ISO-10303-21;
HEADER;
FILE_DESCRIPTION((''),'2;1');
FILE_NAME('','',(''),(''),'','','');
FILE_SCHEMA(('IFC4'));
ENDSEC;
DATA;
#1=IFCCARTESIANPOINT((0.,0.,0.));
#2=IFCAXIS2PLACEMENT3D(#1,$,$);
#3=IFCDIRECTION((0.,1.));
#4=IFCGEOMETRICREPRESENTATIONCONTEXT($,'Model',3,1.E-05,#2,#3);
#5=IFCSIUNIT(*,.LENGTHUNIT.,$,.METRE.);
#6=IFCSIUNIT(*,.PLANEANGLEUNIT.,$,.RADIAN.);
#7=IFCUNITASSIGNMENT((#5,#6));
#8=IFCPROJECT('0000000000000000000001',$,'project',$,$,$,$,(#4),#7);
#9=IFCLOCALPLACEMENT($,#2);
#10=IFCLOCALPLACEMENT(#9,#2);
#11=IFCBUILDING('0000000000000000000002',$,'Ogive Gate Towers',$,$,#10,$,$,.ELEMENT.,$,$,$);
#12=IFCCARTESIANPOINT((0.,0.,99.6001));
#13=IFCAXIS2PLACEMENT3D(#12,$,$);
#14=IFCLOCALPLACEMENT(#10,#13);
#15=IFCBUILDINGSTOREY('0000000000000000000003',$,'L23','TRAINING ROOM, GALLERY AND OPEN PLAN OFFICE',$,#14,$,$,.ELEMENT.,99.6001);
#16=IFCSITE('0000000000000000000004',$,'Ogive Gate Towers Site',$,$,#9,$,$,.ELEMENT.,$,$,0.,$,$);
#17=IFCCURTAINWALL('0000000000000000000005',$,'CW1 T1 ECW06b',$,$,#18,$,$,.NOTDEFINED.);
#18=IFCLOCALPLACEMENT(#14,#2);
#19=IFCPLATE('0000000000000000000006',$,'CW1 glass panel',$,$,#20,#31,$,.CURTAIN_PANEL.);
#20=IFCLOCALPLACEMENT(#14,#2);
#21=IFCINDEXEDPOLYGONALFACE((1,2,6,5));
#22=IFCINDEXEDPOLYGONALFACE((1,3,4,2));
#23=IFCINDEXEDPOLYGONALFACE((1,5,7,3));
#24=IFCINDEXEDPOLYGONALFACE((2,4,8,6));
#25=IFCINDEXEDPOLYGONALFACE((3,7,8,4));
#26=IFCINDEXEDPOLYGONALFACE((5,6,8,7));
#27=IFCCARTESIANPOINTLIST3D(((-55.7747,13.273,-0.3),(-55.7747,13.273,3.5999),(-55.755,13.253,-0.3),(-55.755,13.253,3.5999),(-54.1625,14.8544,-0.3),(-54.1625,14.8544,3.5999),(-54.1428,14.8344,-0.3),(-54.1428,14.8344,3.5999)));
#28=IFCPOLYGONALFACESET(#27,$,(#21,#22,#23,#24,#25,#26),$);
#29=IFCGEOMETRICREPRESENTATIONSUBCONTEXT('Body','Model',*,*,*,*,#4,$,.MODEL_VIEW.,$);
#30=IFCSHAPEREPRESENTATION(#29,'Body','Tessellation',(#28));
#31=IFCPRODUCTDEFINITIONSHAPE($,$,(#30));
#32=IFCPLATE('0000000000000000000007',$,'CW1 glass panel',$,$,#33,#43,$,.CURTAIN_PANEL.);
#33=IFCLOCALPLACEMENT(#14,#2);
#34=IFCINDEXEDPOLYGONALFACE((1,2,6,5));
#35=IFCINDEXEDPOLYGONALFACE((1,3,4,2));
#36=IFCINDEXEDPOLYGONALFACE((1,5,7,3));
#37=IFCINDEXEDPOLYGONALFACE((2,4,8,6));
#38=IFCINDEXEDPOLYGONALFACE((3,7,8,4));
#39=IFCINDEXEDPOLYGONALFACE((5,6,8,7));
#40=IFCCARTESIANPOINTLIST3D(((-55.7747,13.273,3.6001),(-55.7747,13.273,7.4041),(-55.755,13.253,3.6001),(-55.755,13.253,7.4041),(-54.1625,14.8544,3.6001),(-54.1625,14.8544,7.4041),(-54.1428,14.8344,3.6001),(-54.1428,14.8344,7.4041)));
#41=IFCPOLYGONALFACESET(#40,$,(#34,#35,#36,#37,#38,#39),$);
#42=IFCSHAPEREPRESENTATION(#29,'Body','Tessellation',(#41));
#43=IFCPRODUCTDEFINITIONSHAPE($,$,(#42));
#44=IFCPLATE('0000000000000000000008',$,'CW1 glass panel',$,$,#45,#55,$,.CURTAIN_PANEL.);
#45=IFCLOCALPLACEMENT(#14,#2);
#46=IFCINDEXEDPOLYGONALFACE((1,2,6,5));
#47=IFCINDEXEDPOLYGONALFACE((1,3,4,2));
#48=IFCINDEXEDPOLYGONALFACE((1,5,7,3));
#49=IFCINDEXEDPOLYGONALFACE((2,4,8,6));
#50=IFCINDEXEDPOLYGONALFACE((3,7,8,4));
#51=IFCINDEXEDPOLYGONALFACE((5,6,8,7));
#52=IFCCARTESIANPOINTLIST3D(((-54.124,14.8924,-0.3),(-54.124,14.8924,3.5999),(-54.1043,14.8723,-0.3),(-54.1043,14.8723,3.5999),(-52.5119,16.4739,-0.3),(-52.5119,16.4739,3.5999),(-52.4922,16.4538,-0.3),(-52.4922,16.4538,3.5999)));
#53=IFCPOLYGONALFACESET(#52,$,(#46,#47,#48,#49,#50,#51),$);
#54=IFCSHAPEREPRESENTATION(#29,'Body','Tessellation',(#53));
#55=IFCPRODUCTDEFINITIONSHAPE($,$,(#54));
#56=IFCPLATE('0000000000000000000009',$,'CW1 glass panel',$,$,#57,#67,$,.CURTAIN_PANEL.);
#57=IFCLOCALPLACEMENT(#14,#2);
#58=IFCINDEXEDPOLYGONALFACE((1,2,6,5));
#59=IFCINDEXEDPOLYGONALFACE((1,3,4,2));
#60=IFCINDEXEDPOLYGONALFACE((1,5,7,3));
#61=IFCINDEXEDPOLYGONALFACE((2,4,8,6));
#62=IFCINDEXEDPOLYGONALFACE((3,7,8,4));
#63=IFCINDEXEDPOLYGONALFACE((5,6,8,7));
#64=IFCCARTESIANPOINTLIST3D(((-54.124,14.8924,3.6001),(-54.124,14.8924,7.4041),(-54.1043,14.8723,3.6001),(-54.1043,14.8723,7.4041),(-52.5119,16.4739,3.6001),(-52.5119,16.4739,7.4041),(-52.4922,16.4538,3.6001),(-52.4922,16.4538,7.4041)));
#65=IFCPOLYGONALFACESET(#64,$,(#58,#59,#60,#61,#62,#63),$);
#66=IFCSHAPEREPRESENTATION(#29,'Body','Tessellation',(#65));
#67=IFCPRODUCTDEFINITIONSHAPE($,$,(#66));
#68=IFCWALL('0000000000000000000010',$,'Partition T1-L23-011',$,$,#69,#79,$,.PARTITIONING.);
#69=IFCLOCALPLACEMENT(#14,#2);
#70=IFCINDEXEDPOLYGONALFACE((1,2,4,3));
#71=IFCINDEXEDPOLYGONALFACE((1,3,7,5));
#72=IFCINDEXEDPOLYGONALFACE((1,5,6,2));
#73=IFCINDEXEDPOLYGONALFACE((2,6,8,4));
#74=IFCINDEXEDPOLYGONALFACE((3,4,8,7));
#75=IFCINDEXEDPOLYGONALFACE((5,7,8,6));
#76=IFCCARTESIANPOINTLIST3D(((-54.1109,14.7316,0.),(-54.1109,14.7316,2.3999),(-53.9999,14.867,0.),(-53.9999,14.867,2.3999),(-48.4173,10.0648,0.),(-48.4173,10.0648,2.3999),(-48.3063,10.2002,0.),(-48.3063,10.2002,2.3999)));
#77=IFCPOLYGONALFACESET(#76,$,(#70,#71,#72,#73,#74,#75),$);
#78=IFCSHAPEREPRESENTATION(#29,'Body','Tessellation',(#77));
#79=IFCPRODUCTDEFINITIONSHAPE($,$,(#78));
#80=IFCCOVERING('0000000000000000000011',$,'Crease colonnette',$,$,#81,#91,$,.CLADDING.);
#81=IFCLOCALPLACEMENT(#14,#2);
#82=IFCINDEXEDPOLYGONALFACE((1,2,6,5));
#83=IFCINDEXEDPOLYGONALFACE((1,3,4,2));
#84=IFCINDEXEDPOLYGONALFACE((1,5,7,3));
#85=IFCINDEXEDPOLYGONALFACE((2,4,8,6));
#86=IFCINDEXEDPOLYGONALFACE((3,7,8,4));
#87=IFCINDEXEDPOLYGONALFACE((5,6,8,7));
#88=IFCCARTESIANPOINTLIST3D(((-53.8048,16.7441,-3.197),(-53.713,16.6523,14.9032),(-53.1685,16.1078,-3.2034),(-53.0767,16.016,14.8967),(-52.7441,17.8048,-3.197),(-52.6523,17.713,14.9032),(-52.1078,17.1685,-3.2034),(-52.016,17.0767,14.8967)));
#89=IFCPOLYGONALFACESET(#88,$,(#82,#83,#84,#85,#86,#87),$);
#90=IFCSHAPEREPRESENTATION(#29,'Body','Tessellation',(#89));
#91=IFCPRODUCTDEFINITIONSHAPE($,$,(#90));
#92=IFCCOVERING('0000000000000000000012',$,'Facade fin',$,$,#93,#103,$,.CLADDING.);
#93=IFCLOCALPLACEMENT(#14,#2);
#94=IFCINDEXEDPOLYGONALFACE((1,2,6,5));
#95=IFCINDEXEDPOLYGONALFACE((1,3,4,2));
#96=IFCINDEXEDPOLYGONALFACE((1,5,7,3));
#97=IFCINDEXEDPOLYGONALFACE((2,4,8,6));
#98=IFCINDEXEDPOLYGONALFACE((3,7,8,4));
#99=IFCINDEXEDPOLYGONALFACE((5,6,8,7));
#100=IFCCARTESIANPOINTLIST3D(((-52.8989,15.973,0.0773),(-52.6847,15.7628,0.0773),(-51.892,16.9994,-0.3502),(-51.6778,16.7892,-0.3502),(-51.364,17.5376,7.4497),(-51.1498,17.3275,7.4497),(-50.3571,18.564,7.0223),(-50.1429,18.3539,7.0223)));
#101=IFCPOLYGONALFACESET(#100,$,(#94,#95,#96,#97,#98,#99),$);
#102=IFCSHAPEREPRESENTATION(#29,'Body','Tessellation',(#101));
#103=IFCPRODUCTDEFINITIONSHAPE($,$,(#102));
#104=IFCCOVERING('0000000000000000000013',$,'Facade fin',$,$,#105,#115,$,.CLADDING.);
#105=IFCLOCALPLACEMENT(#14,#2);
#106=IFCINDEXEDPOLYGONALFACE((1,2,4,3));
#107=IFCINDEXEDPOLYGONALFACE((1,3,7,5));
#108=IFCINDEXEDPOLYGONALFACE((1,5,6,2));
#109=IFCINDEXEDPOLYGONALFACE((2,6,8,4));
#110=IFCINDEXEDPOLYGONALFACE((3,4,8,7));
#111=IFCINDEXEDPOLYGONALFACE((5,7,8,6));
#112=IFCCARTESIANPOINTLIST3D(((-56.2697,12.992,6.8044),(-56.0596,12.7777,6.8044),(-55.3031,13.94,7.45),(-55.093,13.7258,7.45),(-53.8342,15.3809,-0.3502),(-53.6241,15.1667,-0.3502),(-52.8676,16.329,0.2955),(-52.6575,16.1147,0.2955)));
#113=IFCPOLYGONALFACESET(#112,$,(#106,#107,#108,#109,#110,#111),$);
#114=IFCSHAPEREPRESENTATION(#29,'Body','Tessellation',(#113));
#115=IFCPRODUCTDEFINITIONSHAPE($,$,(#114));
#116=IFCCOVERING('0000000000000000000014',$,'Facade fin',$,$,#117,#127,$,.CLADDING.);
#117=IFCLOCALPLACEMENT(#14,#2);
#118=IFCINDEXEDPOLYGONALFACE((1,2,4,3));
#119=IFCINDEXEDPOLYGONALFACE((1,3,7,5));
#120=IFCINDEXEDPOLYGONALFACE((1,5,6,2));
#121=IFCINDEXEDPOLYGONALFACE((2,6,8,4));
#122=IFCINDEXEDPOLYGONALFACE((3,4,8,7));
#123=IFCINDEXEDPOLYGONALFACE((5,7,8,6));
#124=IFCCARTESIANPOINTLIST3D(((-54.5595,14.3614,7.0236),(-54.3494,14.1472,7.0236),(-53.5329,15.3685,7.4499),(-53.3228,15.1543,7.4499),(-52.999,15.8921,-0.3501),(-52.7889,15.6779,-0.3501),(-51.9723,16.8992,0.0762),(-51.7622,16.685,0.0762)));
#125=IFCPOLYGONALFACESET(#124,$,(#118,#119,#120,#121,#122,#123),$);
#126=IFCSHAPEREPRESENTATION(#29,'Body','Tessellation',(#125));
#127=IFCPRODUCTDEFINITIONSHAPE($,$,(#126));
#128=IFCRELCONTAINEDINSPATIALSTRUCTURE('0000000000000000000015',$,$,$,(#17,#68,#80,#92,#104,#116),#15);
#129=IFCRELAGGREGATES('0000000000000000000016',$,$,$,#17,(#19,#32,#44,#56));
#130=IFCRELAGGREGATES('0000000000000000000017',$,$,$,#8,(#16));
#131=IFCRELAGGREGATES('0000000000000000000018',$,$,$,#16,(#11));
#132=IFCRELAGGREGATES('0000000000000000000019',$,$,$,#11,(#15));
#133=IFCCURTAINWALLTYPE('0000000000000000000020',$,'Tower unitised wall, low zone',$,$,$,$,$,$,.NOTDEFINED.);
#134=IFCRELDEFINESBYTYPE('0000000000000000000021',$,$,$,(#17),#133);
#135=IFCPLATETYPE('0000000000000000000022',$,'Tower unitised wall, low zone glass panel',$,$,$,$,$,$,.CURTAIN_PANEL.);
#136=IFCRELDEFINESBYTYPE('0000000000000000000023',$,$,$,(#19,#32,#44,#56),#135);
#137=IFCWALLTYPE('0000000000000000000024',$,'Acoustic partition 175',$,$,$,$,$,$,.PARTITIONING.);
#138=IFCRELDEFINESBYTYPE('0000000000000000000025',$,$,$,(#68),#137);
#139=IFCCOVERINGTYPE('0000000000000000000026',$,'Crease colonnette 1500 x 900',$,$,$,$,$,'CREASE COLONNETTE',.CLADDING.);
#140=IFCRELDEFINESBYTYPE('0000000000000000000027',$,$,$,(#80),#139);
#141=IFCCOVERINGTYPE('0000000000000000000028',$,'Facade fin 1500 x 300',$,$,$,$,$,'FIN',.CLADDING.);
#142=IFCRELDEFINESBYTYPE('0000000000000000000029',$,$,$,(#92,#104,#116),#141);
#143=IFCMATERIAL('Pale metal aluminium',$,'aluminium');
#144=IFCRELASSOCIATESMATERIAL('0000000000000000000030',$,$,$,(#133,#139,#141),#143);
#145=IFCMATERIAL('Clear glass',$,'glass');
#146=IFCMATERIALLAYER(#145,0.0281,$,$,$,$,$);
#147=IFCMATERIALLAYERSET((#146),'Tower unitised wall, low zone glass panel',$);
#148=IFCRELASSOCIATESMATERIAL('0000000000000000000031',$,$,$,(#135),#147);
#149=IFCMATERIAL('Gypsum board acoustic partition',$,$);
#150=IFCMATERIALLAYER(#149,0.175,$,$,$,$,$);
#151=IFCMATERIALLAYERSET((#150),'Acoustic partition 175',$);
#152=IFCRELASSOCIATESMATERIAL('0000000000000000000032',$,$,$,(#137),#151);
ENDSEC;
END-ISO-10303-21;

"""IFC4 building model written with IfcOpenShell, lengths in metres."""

from ifc_helpers import new_model, si_unit, direction, frame, frame_2d, origin, origin_2d, place, context, subcontext, project, spatial, rectangle, extrude, material, layer, layer_set, material_profile, profile_set, type_object, element, aggregate, save


model = new_model("IFC4")

# Units and contexts
model_context = context("Model", 3, precision=1e-05, world=origin(), true_north=direction((0.0, 1.0)))
body_context = subcontext(model_context, "Body", "Model", "MODEL_VIEW")
ifc_project = project(units=[si_unit("LENGTHUNIT", "METRE"), si_unit("PLANEANGLEUNIT", "RADIAN")], contexts=[model_context])

# Site, building, storey
site_placement = place(None, origin())
site = spatial("IfcSite", under=ifc_project, at=site_placement, Name="Ogive Gate Towers Site", CompositionType="ELEMENT", RefElevation=0.0)
building_placement = place(site_placement, origin())
building = spatial("IfcBuilding", under=site, at=building_placement, Name="Ogive Gate Towers", CompositionType="ELEMENT")
storey_placement = place(building_placement, frame((0.0, 0.0, 99.6001)))
storey = spatial("IfcBuildingStorey", under=building, at=storey_placement, Name="L23", Description="TRAINING ROOM, GALLERY AND OPEN PLAN OFFICE", CompositionType="ELEMENT", Elevation=99.6001)

# Shared definitions
ifc_material_1 = material(Name="Pale metal aluminium", Category="aluminium")

# Shared definitions
curtain_wall_type_1 = type_object("IfcCurtainWallType", Name="Tower unitised wall, low zone", PredefinedType="NOTDEFINED", material=ifc_material_1)

# Curtain wall
curtain_wall_1_placement = place(storey_placement, origin())
curtain_wall_1 = element("IfcCurtainWall", 1, at=curtain_wall_1_placement, inside=storey, type_object=curtain_wall_type_1, Name="CW1 T1 ECW06b", PredefinedType="NOTDEFINED")

# Plates
ifc_material_2 = material(Name="Clear glass", Category="glass")
ifc_layer_1 = layer(ifc_material_2, 0.0281)
ifc_layer_set_1 = layer_set([ifc_layer_1], Name="Tower unitised wall, low zone glass panel")
plate_type_1 = type_object("IfcPlateType", Name="Tower unitised wall, low zone glass panel", PredefinedType="CURTAIN_PANEL", material=ifc_layer_set_1)
plate_1_placement = place(storey_placement, frame((-54.9587, 14.0537, -0.3), z_axis=(0.0, 0.0, 1.0), x_axis=(0.713886, 0.700262, 0.0)))
plate_1 = element("IfcPlate", 2, at=plate_1_placement, type_object=plate_type_1, Name="CW1 glass panel", PredefinedType="CURTAIN_PANEL", context=body_context, shape_type="SweptSolid", body=[
    extrude(rectangle(XDim=2.2583, YDim=0.0281, at=origin_2d()), origin(), (0.0, 0.0, 1.0), 3.8999),
])
plate_2_placement = place(storey_placement, frame((-54.9587, 14.0537, 3.6001), z_axis=(0.0, 0.0, 1.0), x_axis=(0.713886, 0.700262, 0.0)))
plate_2 = element("IfcPlate", 3, at=plate_2_placement, type_object=plate_type_1, Name="CW1 glass panel", PredefinedType="CURTAIN_PANEL", context=body_context, shape_type="SweptSolid", body=[
    extrude(rectangle(XDim=2.2583, YDim=0.0281, at=origin_2d()), origin(), (0.0, 0.0, 1.0), 3.804),
])
plate_3_placement = place(storey_placement, frame((-53.3081, 15.6731, -0.3), z_axis=(0.0, 0.0, 1.0), x_axis=(0.713837, 0.700311, 0.0)))
plate_3 = element("IfcPlate", 4, at=plate_3_placement, type_object=plate_type_1, Name="CW1 glass panel", PredefinedType="CURTAIN_PANEL", context=body_context, shape_type="SweptSolid", body=[
    extrude(rectangle(XDim=2.2583, YDim=0.0281, at=origin_2d()), origin(), (0.0, 0.0, 1.0), 3.8999),
])
plate_4_placement = place(storey_placement, frame((-53.3081, 15.6731, 3.6001), z_axis=(0.0, 0.0, 1.0), x_axis=(0.713837, 0.700311, 0.0)))
plate_4 = element("IfcPlate", 5, at=plate_4_placement, type_object=plate_type_1, Name="CW1 glass panel", PredefinedType="CURTAIN_PANEL", context=body_context, shape_type="SweptSolid", body=[
    extrude(rectangle(XDim=2.2583, YDim=0.0281, at=origin_2d()), origin(), (0.0, 0.0, 1.0), 3.804),
])
aggregate(curtain_wall_1, [plate_1, plate_2, plate_3, plate_4])

# Wall
ifc_material_3 = material(Name="Gypsum board acoustic partition")
ifc_layer_2 = layer(ifc_material_3, 0.175)
ifc_layer_set_2 = layer_set([ifc_layer_2], Name="Acoustic partition 175")
wall_type = type_object("IfcWallType", Name="Acoustic partition 175", PredefinedType="PARTITIONING", material=ifc_layer_set_2)
wall_placement = place(storey_placement, frame((-54.0554, 14.7993, 0.0), z_axis=(0.0, 0.0, 1.0), x_axis=(0.773401, -0.633917, 0.0)))
element("IfcWall", 6, at=wall_placement, inside=storey, type_object=wall_type, Name="Partition T1-L23-011", PredefinedType="PARTITIONING", context=body_context, shape_type="SweptSolid", body=[
    extrude(rectangle(XDim=7.3618, YDim=0.175, at=frame_2d((3.6809, 0.0))), origin(), (0.0, 0.0, 1.0), 2.3999),
])

# Coverings
ifc_material_profile_1 = material_profile(ifc_material_1, rectangle(XDim=1.5, YDim=0.8999, at=origin_2d()), Name="1500 x 900 pale metal aluminium")
ifc_profile_set_1 = profile_set([ifc_material_profile_1], Name="Pale metal aluminium")
covering_type_1 = type_object("IfcCoveringType", Name="Crease colonnette 1500 x 900", ElementType="CREASE COLONNETTE", PredefinedType="CLADDING", material=ifc_profile_set_1)
covering_1_placement = place(storey_placement, frame((-52.9563, 16.9563, -3.2002), z_axis=(0.005071, -0.005071, 0.999974), x_axis=(0.707107, 0.707107, 0.0)))
element("IfcCovering", 7, at=covering_1_placement, inside=storey, type_object=covering_type_1, Name="Crease colonnette", PredefinedType="CLADDING", context=body_context, shape_type="SweptSolid", body=[
    extrude(rectangle(XDim=1.5, YDim=0.8999, at=origin_2d()), origin(), (0.0, 0.0, 1.0), 18.1006),
])
ifc_material_profile_2 = material_profile(ifc_material_1, rectangle(XDim=0.3, YDim=1.5, at=origin_2d()), Name="1500 x 300 pale metal aluminium")
ifc_profile_set_2 = profile_set([ifc_material_profile_2], Name="Pale metal aluminium")
covering_type_2 = type_object("IfcCoveringType", Name="Facade fin 1500 x 300", ElementType="FIN", PredefinedType="CLADDING", material=ifc_profile_set_2)
covering_2_placement = place(storey_placement, frame((-52.2883, 16.3811, -0.1365), z_axis=(0.19956, 0.203433, 0.958536), x_axis=(-0.713869, 0.70028, 0.0)))
element("IfcCovering", 8, at=covering_2_placement, inside=storey, type_object=covering_type_2, Name="Facade fin", PredefinedType="CLADDING", context=body_context, shape_type="SweptSolid", body=[
    extrude(rectangle(XDim=0.3, YDim=1.5, at=origin_2d()), origin(), (0.0, 0.0, 1.0), 7.6914),
])
covering_3_placement = place(storey_placement, frame((-53.2458, 15.7478, -0.0273), z_axis=(-0.307274, -0.301391, 0.902633), x_axis=(0.70024, -0.713908, 0.0)))
element("IfcCovering", 9, at=covering_3_placement, inside=storey, type_object=covering_type_2, Name="Facade fin", PredefinedType="CLADDING", context=body_context, shape_type="SweptSolid", body=[
    extrude(rectangle(XDim=0.3, YDim=1.5, at=origin_2d()), origin(), (0.0, 0.0, 1.0), 7.9263),
])
covering_4_placement = place(storey_placement, frame((-52.3806, 16.2886, -0.137), z_axis=(-0.202906, -0.199033, 0.958757), x_axis=(0.700261, -0.713887, 0.0)))
element("IfcCovering", 10, at=covering_4_placement, inside=storey, type_object=covering_type_2, Name="Facade fin", PredefinedType="CLADDING", context=body_context, shape_type="SweptSolid", body=[
    extrude(rectangle(XDim=0.3, YDim=1.5, at=origin_2d()), origin(), (0.0, 0.0, 1.0), 7.6909),
])

save(model, "model.ifc")
